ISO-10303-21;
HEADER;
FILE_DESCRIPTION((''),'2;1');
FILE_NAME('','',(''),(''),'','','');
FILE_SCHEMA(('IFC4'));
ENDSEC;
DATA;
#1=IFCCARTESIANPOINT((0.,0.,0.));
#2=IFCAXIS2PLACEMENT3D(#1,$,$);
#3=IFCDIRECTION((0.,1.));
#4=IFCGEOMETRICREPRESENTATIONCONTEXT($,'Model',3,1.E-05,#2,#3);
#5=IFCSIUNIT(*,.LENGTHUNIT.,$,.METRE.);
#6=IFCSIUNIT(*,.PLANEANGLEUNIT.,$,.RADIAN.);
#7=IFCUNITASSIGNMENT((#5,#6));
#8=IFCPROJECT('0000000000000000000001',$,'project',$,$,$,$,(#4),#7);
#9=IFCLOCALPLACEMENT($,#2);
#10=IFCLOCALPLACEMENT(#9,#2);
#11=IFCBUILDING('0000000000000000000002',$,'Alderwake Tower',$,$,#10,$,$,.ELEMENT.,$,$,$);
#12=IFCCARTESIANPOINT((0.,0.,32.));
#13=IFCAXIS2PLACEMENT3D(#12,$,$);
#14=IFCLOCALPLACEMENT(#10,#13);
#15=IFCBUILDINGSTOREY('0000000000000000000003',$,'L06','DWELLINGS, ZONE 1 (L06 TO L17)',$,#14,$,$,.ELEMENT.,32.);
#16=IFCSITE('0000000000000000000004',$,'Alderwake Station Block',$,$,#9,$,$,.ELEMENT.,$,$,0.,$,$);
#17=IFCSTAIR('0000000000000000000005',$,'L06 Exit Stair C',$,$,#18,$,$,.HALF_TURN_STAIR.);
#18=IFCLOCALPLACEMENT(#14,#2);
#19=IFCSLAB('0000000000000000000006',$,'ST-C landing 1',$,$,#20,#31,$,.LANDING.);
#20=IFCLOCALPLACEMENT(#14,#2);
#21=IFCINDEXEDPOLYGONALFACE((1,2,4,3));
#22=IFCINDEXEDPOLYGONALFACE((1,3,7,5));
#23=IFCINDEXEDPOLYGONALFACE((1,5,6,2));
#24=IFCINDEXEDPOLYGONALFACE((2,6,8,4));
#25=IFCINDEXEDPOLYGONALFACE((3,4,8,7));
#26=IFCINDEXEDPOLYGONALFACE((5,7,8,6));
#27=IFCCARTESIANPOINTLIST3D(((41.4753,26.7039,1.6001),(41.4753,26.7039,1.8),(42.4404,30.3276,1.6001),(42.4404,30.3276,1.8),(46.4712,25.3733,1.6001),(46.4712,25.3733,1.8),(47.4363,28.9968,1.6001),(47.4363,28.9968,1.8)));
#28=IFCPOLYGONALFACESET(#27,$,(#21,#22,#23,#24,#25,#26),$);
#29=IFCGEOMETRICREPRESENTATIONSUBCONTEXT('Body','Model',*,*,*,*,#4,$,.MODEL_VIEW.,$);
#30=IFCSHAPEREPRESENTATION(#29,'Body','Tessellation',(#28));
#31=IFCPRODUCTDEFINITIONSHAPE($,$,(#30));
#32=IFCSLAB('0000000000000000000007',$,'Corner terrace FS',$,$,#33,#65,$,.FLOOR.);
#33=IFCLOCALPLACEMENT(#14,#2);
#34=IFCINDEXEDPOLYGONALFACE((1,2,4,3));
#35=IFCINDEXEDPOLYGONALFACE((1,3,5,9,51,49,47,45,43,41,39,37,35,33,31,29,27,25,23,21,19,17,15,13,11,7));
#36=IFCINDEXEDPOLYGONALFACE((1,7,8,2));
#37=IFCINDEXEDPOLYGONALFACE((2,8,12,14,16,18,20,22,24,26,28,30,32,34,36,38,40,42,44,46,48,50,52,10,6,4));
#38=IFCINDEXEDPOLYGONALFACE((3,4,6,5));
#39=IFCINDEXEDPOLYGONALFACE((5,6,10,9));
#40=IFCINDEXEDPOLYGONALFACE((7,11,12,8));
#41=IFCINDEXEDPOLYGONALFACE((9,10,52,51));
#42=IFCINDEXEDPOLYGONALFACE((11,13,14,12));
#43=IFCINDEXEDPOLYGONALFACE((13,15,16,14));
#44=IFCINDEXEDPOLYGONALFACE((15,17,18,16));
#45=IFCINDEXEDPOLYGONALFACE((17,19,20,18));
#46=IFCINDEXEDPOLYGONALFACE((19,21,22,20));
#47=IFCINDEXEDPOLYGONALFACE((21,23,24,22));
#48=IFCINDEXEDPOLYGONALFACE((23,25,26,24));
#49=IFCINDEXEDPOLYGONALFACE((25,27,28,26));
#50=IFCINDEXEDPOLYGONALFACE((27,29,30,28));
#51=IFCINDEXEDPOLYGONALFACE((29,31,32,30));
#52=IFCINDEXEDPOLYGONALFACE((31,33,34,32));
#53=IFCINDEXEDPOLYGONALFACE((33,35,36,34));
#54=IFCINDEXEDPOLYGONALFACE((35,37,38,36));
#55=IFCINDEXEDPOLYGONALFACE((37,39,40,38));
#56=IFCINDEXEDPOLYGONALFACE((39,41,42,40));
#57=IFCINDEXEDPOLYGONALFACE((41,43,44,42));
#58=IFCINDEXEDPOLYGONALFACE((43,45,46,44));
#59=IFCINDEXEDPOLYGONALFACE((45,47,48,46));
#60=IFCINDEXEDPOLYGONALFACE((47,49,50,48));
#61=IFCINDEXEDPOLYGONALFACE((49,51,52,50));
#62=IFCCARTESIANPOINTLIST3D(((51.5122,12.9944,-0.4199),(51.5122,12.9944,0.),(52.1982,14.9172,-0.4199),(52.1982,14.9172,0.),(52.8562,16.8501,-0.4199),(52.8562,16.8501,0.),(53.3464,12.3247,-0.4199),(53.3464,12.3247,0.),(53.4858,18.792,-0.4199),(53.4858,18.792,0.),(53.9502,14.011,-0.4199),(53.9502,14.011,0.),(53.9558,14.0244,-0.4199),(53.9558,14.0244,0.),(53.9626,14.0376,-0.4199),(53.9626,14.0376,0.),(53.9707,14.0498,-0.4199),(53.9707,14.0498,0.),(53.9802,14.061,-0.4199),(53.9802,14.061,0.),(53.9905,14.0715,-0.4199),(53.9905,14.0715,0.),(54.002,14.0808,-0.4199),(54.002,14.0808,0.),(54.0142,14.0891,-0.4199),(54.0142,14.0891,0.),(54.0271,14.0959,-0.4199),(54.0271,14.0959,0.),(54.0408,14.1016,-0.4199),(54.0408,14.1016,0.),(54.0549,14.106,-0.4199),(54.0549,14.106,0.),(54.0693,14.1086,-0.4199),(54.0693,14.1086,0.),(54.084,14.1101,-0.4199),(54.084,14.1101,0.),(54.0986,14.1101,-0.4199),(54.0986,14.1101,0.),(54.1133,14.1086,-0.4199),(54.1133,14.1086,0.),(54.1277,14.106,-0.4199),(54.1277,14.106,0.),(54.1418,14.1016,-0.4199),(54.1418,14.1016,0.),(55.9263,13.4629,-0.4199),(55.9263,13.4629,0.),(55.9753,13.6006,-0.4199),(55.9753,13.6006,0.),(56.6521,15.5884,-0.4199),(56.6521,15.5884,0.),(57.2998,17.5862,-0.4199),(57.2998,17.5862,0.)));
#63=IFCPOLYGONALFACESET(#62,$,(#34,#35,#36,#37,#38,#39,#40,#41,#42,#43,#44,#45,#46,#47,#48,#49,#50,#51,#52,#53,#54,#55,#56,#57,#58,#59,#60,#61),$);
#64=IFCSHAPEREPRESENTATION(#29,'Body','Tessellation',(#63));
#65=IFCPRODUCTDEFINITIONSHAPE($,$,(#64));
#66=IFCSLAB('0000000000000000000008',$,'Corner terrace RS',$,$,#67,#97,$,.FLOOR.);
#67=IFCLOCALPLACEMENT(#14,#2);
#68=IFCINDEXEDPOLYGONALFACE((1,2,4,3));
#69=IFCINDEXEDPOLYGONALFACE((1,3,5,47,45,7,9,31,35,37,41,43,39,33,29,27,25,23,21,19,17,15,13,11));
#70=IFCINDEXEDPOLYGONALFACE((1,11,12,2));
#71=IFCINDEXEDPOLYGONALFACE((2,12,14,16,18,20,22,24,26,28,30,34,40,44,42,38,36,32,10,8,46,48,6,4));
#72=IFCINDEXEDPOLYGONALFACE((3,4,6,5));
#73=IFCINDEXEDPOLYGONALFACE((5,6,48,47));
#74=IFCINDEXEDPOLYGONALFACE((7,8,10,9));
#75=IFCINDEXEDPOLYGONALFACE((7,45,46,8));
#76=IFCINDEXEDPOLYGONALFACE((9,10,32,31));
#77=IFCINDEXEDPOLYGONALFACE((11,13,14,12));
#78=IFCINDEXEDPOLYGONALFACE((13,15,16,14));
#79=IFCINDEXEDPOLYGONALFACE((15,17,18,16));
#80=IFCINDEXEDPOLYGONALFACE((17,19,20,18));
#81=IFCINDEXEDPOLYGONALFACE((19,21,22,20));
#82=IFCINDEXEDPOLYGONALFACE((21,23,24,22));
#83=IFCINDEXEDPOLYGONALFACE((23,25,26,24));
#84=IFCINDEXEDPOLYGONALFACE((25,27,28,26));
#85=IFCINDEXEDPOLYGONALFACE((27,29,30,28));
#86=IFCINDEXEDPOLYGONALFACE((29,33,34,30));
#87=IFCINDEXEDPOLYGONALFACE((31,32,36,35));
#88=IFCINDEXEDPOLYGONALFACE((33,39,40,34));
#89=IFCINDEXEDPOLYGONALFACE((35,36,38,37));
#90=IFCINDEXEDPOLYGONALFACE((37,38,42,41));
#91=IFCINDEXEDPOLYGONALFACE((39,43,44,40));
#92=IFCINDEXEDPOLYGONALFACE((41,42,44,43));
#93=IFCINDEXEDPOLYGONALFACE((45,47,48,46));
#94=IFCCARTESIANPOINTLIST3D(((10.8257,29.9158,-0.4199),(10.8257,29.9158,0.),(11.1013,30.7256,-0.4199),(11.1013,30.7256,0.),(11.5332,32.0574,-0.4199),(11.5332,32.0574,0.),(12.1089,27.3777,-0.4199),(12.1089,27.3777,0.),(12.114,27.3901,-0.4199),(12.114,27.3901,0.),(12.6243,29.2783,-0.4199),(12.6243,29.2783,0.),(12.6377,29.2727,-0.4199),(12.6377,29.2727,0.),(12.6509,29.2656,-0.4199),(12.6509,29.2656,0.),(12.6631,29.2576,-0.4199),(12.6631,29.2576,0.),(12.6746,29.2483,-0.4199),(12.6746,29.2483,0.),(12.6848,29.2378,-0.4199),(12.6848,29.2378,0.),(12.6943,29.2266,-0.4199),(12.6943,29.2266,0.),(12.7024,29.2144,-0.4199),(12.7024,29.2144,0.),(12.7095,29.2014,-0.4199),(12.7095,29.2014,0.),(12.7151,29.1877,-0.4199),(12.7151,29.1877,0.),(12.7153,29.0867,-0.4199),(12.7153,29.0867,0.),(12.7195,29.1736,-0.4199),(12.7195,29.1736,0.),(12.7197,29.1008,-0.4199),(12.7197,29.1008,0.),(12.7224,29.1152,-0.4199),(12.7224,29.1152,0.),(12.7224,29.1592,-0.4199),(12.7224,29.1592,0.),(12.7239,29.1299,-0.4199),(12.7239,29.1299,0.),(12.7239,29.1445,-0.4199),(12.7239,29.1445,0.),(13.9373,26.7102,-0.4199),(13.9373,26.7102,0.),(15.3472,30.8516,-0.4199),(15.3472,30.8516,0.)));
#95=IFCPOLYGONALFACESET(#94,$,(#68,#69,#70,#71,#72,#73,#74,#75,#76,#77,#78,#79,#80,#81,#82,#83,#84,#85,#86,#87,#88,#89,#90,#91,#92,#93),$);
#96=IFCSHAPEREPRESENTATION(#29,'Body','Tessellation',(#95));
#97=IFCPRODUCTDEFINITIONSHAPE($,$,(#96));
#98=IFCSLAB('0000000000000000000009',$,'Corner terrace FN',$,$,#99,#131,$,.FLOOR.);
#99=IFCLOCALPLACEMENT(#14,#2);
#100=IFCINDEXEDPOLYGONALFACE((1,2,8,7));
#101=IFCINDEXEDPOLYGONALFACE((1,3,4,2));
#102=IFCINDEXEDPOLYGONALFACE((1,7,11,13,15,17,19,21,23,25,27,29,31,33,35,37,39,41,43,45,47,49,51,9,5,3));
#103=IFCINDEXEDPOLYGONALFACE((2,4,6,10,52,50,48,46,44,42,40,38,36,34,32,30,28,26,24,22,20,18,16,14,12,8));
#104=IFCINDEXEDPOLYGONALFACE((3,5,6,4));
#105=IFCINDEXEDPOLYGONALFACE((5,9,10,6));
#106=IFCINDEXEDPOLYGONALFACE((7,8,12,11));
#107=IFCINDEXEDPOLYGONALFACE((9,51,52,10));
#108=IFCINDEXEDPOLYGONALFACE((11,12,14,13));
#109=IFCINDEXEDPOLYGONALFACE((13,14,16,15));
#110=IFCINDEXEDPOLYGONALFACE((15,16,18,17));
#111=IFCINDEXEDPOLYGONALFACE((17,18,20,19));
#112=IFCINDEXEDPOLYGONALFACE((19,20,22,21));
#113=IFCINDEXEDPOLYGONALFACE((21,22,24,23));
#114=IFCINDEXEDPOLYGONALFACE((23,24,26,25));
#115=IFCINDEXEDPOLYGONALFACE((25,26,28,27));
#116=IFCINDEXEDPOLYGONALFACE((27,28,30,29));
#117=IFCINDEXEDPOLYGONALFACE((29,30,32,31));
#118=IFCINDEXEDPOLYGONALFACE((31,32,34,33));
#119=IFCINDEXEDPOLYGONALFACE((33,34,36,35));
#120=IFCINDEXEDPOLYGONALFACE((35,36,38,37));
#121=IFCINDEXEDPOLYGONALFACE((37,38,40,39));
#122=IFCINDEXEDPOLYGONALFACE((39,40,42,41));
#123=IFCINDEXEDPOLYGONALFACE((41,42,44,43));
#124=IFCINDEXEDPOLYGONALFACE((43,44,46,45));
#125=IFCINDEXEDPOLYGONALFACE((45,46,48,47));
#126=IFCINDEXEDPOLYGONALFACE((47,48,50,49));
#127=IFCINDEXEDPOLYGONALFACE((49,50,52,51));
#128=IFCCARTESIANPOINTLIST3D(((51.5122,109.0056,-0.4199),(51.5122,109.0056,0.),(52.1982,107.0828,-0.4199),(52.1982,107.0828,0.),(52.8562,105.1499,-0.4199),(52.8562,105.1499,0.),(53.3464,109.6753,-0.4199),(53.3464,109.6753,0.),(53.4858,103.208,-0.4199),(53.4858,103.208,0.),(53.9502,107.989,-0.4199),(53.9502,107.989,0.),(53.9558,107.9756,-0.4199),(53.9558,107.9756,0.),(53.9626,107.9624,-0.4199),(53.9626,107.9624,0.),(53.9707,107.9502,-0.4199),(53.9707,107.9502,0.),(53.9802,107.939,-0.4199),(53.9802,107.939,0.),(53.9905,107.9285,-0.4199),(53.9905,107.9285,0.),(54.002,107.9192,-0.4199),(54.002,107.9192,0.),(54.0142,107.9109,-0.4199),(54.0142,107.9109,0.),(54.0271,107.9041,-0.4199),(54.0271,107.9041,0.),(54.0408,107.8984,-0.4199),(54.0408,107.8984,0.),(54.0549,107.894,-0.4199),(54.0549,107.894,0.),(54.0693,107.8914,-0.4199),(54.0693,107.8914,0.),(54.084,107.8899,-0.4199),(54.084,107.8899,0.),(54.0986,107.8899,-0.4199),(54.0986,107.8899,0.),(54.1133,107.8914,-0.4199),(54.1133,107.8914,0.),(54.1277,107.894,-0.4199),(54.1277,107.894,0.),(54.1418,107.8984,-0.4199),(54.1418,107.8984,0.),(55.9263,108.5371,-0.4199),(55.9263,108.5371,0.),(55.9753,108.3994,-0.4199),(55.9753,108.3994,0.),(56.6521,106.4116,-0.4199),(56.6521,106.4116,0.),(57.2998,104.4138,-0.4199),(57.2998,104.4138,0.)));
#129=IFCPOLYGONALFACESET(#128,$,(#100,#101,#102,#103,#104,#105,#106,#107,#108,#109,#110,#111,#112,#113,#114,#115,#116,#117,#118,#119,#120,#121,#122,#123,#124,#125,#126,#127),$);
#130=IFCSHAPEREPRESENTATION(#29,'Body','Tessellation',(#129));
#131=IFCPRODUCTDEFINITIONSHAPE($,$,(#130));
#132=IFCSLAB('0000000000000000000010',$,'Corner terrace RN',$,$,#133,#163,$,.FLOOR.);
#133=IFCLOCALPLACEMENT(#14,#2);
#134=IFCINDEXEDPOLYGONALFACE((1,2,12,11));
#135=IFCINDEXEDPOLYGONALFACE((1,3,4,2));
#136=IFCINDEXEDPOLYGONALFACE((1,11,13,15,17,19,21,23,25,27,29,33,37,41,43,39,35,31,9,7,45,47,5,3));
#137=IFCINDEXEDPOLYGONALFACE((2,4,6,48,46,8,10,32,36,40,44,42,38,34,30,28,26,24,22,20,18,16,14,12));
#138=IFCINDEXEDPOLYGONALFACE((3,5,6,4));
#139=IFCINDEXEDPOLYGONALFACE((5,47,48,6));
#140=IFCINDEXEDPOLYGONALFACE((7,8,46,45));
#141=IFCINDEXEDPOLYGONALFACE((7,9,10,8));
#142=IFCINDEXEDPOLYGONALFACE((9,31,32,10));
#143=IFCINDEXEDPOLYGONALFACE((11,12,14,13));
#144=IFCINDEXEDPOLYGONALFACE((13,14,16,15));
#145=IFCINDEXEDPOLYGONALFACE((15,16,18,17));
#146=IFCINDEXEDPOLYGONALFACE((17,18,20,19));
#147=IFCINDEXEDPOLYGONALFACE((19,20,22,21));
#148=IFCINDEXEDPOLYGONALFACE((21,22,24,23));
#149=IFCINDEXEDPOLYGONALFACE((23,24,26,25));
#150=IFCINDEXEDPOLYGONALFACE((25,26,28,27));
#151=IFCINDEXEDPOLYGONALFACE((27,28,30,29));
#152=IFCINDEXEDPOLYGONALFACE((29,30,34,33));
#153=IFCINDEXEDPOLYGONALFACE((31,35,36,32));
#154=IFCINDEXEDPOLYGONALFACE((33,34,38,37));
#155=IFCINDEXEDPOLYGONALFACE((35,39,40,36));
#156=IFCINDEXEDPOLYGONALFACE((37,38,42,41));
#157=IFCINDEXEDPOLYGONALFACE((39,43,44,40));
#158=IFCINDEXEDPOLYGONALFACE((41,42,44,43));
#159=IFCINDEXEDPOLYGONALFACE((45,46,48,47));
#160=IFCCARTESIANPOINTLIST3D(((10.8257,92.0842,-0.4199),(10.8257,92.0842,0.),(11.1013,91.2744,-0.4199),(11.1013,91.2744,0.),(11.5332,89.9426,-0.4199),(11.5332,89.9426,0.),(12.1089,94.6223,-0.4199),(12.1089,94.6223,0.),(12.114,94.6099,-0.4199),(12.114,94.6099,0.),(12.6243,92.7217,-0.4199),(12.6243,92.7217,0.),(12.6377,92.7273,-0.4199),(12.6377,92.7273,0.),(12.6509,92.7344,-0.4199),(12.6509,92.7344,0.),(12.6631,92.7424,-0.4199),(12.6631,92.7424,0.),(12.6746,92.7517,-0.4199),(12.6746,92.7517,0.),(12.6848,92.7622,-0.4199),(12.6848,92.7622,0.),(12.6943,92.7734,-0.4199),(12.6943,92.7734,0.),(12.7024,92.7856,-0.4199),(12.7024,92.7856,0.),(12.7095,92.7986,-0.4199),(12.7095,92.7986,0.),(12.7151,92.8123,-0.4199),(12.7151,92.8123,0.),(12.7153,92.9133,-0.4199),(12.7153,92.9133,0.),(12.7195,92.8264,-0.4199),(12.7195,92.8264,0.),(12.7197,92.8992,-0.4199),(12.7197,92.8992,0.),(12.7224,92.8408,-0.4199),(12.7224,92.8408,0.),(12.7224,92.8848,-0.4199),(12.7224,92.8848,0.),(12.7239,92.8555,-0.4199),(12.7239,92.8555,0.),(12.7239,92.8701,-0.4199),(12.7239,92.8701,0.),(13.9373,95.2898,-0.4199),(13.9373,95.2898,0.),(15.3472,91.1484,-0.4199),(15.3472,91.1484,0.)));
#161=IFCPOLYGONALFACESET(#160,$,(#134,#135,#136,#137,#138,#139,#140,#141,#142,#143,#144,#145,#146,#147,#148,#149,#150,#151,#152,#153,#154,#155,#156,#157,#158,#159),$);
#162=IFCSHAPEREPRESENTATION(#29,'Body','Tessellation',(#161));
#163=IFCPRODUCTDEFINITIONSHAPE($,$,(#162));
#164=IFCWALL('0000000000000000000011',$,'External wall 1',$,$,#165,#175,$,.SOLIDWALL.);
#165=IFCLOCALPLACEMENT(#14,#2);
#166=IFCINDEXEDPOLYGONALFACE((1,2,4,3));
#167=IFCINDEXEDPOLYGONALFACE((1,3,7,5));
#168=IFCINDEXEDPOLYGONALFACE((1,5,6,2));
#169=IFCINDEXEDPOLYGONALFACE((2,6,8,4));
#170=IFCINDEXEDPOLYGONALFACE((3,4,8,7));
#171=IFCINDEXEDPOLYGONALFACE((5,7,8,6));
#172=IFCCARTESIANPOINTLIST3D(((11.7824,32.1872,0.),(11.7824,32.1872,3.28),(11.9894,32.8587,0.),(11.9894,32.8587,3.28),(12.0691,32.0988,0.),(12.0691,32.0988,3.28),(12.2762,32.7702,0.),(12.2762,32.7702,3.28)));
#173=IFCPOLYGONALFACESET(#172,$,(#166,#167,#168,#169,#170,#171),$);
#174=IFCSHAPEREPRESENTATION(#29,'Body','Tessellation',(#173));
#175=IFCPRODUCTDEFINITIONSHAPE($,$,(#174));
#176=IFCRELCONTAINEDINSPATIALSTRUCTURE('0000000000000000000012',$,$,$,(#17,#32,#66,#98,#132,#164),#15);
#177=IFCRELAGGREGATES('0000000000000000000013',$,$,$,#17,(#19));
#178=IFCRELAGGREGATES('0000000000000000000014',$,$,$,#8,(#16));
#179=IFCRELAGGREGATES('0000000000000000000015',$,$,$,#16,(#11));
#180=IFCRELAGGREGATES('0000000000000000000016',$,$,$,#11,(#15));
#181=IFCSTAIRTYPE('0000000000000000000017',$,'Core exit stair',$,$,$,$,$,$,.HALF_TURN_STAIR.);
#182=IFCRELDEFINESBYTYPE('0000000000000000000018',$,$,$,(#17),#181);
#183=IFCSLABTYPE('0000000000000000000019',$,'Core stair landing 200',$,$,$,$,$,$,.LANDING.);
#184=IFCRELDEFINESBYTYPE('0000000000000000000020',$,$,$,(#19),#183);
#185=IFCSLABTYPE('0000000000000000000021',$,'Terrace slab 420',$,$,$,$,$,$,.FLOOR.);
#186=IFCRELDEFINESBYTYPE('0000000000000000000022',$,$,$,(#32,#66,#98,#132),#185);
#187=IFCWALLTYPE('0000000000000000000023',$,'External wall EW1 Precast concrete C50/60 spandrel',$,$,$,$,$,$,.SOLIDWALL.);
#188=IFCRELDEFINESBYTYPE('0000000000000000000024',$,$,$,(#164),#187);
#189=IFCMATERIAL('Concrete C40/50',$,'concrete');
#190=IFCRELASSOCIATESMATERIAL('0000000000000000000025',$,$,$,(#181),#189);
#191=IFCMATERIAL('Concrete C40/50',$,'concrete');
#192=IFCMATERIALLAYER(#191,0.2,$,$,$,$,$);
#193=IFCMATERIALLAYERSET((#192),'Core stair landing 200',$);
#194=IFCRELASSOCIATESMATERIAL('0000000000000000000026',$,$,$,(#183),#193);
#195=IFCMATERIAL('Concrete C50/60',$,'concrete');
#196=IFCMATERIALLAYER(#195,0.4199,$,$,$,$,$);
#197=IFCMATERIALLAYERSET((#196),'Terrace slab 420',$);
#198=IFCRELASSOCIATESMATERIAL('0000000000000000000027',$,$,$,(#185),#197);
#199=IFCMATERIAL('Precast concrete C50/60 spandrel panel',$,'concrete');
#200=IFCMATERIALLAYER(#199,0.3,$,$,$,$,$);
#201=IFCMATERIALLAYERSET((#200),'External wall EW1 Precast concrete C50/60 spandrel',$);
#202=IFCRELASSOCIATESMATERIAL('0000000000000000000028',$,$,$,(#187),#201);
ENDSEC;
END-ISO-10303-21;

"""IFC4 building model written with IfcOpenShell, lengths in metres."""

from ifc_helpers import new_model, si_unit, direction, frame, frame_2d, origin, place, context, subcontext, project, spatial, polyline, rectangle, outline, extrude, material, layer, layer_set, type_object, element, aggregate, save


model = new_model("IFC4")

# Units and contexts
model_context = context("Model", 3, precision=1e-05, world=origin(), true_north=direction((0.0, 1.0)))
body_context = subcontext(model_context, "Body", "Model", "MODEL_VIEW")
ifc_project = project(units=[si_unit("LENGTHUNIT", "METRE"), si_unit("PLANEANGLEUNIT", "RADIAN")], contexts=[model_context])

# Site, building, storey
site_placement = place(None, origin())
site = spatial("IfcSite", under=ifc_project, at=site_placement, Name="Alderwake Station Block", CompositionType="ELEMENT", RefElevation=0.0)
building_placement = place(site_placement, origin())
building = spatial("IfcBuilding", under=site, at=building_placement, Name="Alderwake Tower", CompositionType="ELEMENT")
storey_placement = place(building_placement, frame((0.0, 0.0, 32.0)))
storey = spatial("IfcBuildingStorey", under=building, at=storey_placement, Name="L06", Description="DWELLINGS, ZONE 1 (L06 TO L17)", CompositionType="ELEMENT", Elevation=32.0)

# Stair, slab
ifc_material_1 = material(Name="Concrete C40/50", Category="concrete")
stair_type = type_object("IfcStairType", Name="Core exit stair", PredefinedType="HALF_TURN_STAIR", material=ifc_material_1)
ifc_material_2 = material(Name="Concrete C40/50", Category="concrete")
ifc_layer_1 = layer(ifc_material_2, 0.2)
ifc_layer_set_1 = layer_set([ifc_layer_1], Name="Core stair landing 200")
slab_type_1 = type_object("IfcSlabType", Name="Core stair landing 200", PredefinedType="LANDING", material=ifc_layer_set_1)
stair_1_placement = place(storey_placement, origin())
stair_1 = element("IfcStair", 1, at=stair_1_placement, inside=storey, type_object=stair_type, Name="L06 Exit Stair C", PredefinedType="HALF_TURN_STAIR")
slab_1_placement = place(storey_placement, frame((0.0, 0.0, 1.6001)))
slab_1 = element("IfcSlab", 2, at=slab_1_placement, type_object=slab_type_1, Name="ST-C landing 1", PredefinedType="LANDING", context=body_context, shape_type="SweptSolid", body=[
    extrude(outline(polyline([(41.4753, 26.7039), (46.4712, 25.3733), (47.4363, 28.9968), (42.4404, 30.3276), (41.4753, 26.7039)])), origin(), (0.0, 0.0, 1.0), 0.2),
])
aggregate(stair_1, [slab_1])

# Slabs
ifc_material_3 = material(Name="Concrete C50/60", Category="concrete")
ifc_layer_2 = layer(ifc_material_3, 0.4199)
ifc_layer_set_2 = layer_set([ifc_layer_2], Name="Terrace slab 420")
slab_type_2 = type_object("IfcSlabType", Name="Terrace slab 420", PredefinedType="FLOOR", material=ifc_layer_set_2)
slab_2_placement = place(storey_placement, frame((0.0, 0.0, -0.4199)))
element("IfcSlab", 3, at=slab_2_placement, inside=storey, type_object=slab_type_2, Name="Corner terrace FS", PredefinedType="FLOOR", context=body_context, shape_type="SweptSolid", body=[
    extrude(outline(polyline([(55.9753, 13.6006), (55.9263, 13.4629), (54.1418, 14.1016), (54.1277, 14.106), (54.1133, 14.1086), (54.0986, 14.1101), (54.084, 14.1101), (54.0693, 14.1086), (54.0549, 14.106), (54.0408, 14.1016), (54.0271, 14.0959), (54.0142, 14.0891), (54.002, 14.0808), (53.9905, 14.0715), (53.9802, 14.061), (53.9707, 14.0498), (53.9626, 14.0376), (53.9558, 14.0244), (53.9502, 14.011), (53.3464, 12.3247), (51.5122, 12.9944), (52.1982, 14.9172), (52.8562, 16.8501), (53.4858, 18.792), (57.2998, 17.5862), (56.6521, 15.5884), (55.9753, 13.6006)])), origin(), (0.0, 0.0, 1.0), 0.4199),
])
slab_3_placement = place(storey_placement, frame((0.0, 0.0, -0.4199)))
element("IfcSlab", 4, at=slab_3_placement, inside=storey, type_object=slab_type_2, Name="Corner terrace RS", PredefinedType="FLOOR", context=body_context, shape_type="SweptSolid", body=[
    extrude(outline(polyline([(13.9373, 26.7102), (12.1089, 27.3777), (12.114, 27.3901), (12.7153, 29.0867), (12.7197, 29.1008), (12.7224, 29.1152), (12.7239, 29.1299), (12.7239, 29.1445), (12.7224, 29.1592), (12.7195, 29.1736), (12.7151, 29.1877), (12.7095, 29.2014), (12.7024, 29.2144), (12.6943, 29.2266), (12.6848, 29.2378), (12.6746, 29.2483), (12.6631, 29.2576), (12.6509, 29.2656), (12.6377, 29.2727), (12.6243, 29.2783), (10.8257, 29.9158), (11.1013, 30.7256), (11.5332, 32.0574), (15.3472, 30.8516), (13.9373, 26.7102)])), origin(), (0.0, 0.0, 1.0), 0.4199),
])
slab_4_placement = place(storey_placement, frame((0.0, 0.0, -0.4199)))
element("IfcSlab", 5, at=slab_4_placement, inside=storey, type_object=slab_type_2, Name="Corner terrace FN", PredefinedType="FLOOR", context=body_context, shape_type="SweptSolid", body=[
    extrude(outline(polyline([(55.9753, 108.3994), (56.6521, 106.4116), (57.2998, 104.4138), (53.4858, 103.208), (52.8562, 105.1499), (52.1982, 107.0828), (51.5122, 109.0056), (53.3464, 109.6753), (53.9502, 107.989), (53.9558, 107.9756), (53.9626, 107.9624), (53.9707, 107.9502), (53.9802, 107.939), (53.9905, 107.9285), (54.002, 107.9192), (54.0142, 107.9109), (54.0271, 107.9041), (54.0408, 107.8984), (54.0549, 107.894), (54.0693, 107.8914), (54.084, 107.8899), (54.0986, 107.8899), (54.1133, 107.8914), (54.1277, 107.894), (54.1418, 107.8984), (55.9263, 108.5371), (55.9753, 108.3994)])), origin(), (0.0, 0.0, 1.0), 0.4199),
])
slab_5_placement = place(storey_placement, frame((0.0, 0.0, -0.4199)))
element("IfcSlab", 6, at=slab_5_placement, inside=storey, type_object=slab_type_2, Name="Corner terrace RN", PredefinedType="FLOOR", context=body_context, shape_type="SweptSolid", body=[
    extrude(outline(polyline([(10.8257, 92.0842), (12.6243, 92.7217), (12.6377, 92.7273), (12.6509, 92.7344), (12.6631, 92.7424), (12.6746, 92.7517), (12.6848, 92.7622), (12.6943, 92.7734), (12.7024, 92.7856), (12.7095, 92.7986), (12.7151, 92.8123), (12.7195, 92.8264), (12.7224, 92.8408), (12.7239, 92.8555), (12.7239, 92.8701), (12.7224, 92.8848), (12.7197, 92.8992), (12.7153, 92.9133), (12.114, 94.6099), (12.1089, 94.6223), (13.9373, 95.2898), (15.3472, 91.1484), (11.5332, 89.9426), (11.1013, 91.2744), (10.8257, 92.0842)])), origin(), (0.0, 0.0, 1.0), 0.4199),
])

# Wall
ifc_material_4 = material(Name="Precast concrete C50/60 spandrel panel", Category="concrete")
ifc_layer_3 = layer(ifc_material_4, 0.3)
ifc_layer_set_3 = layer_set([ifc_layer_3], Name="External wall EW1 Precast concrete C50/60 spandrel")
wall_type_1 = type_object("IfcWallType", Name="External wall EW1 Precast concrete C50/60 spandrel", PredefinedType="SOLIDWALL", material=ifc_layer_set_3)
wall_1_placement = place(storey_placement, frame((12.1328, 32.8145, 0.0), z_axis=(0.0, 0.0, 1.0), x_axis=(-0.294672, -0.955599, 0.0)))
element("IfcWall", 7, at=wall_1_placement, inside=storey, type_object=wall_type_1, Name="External wall 1", PredefinedType="SOLIDWALL", context=body_context, shape_type="SweptSolid", body=[
    extrude(rectangle(XDim=0.7026, YDim=0.3, at=frame_2d((0.3513, 0.0))), origin(), (0.0, 0.0, 1.0), 3.28),
])

save(model, "model.ifc")
